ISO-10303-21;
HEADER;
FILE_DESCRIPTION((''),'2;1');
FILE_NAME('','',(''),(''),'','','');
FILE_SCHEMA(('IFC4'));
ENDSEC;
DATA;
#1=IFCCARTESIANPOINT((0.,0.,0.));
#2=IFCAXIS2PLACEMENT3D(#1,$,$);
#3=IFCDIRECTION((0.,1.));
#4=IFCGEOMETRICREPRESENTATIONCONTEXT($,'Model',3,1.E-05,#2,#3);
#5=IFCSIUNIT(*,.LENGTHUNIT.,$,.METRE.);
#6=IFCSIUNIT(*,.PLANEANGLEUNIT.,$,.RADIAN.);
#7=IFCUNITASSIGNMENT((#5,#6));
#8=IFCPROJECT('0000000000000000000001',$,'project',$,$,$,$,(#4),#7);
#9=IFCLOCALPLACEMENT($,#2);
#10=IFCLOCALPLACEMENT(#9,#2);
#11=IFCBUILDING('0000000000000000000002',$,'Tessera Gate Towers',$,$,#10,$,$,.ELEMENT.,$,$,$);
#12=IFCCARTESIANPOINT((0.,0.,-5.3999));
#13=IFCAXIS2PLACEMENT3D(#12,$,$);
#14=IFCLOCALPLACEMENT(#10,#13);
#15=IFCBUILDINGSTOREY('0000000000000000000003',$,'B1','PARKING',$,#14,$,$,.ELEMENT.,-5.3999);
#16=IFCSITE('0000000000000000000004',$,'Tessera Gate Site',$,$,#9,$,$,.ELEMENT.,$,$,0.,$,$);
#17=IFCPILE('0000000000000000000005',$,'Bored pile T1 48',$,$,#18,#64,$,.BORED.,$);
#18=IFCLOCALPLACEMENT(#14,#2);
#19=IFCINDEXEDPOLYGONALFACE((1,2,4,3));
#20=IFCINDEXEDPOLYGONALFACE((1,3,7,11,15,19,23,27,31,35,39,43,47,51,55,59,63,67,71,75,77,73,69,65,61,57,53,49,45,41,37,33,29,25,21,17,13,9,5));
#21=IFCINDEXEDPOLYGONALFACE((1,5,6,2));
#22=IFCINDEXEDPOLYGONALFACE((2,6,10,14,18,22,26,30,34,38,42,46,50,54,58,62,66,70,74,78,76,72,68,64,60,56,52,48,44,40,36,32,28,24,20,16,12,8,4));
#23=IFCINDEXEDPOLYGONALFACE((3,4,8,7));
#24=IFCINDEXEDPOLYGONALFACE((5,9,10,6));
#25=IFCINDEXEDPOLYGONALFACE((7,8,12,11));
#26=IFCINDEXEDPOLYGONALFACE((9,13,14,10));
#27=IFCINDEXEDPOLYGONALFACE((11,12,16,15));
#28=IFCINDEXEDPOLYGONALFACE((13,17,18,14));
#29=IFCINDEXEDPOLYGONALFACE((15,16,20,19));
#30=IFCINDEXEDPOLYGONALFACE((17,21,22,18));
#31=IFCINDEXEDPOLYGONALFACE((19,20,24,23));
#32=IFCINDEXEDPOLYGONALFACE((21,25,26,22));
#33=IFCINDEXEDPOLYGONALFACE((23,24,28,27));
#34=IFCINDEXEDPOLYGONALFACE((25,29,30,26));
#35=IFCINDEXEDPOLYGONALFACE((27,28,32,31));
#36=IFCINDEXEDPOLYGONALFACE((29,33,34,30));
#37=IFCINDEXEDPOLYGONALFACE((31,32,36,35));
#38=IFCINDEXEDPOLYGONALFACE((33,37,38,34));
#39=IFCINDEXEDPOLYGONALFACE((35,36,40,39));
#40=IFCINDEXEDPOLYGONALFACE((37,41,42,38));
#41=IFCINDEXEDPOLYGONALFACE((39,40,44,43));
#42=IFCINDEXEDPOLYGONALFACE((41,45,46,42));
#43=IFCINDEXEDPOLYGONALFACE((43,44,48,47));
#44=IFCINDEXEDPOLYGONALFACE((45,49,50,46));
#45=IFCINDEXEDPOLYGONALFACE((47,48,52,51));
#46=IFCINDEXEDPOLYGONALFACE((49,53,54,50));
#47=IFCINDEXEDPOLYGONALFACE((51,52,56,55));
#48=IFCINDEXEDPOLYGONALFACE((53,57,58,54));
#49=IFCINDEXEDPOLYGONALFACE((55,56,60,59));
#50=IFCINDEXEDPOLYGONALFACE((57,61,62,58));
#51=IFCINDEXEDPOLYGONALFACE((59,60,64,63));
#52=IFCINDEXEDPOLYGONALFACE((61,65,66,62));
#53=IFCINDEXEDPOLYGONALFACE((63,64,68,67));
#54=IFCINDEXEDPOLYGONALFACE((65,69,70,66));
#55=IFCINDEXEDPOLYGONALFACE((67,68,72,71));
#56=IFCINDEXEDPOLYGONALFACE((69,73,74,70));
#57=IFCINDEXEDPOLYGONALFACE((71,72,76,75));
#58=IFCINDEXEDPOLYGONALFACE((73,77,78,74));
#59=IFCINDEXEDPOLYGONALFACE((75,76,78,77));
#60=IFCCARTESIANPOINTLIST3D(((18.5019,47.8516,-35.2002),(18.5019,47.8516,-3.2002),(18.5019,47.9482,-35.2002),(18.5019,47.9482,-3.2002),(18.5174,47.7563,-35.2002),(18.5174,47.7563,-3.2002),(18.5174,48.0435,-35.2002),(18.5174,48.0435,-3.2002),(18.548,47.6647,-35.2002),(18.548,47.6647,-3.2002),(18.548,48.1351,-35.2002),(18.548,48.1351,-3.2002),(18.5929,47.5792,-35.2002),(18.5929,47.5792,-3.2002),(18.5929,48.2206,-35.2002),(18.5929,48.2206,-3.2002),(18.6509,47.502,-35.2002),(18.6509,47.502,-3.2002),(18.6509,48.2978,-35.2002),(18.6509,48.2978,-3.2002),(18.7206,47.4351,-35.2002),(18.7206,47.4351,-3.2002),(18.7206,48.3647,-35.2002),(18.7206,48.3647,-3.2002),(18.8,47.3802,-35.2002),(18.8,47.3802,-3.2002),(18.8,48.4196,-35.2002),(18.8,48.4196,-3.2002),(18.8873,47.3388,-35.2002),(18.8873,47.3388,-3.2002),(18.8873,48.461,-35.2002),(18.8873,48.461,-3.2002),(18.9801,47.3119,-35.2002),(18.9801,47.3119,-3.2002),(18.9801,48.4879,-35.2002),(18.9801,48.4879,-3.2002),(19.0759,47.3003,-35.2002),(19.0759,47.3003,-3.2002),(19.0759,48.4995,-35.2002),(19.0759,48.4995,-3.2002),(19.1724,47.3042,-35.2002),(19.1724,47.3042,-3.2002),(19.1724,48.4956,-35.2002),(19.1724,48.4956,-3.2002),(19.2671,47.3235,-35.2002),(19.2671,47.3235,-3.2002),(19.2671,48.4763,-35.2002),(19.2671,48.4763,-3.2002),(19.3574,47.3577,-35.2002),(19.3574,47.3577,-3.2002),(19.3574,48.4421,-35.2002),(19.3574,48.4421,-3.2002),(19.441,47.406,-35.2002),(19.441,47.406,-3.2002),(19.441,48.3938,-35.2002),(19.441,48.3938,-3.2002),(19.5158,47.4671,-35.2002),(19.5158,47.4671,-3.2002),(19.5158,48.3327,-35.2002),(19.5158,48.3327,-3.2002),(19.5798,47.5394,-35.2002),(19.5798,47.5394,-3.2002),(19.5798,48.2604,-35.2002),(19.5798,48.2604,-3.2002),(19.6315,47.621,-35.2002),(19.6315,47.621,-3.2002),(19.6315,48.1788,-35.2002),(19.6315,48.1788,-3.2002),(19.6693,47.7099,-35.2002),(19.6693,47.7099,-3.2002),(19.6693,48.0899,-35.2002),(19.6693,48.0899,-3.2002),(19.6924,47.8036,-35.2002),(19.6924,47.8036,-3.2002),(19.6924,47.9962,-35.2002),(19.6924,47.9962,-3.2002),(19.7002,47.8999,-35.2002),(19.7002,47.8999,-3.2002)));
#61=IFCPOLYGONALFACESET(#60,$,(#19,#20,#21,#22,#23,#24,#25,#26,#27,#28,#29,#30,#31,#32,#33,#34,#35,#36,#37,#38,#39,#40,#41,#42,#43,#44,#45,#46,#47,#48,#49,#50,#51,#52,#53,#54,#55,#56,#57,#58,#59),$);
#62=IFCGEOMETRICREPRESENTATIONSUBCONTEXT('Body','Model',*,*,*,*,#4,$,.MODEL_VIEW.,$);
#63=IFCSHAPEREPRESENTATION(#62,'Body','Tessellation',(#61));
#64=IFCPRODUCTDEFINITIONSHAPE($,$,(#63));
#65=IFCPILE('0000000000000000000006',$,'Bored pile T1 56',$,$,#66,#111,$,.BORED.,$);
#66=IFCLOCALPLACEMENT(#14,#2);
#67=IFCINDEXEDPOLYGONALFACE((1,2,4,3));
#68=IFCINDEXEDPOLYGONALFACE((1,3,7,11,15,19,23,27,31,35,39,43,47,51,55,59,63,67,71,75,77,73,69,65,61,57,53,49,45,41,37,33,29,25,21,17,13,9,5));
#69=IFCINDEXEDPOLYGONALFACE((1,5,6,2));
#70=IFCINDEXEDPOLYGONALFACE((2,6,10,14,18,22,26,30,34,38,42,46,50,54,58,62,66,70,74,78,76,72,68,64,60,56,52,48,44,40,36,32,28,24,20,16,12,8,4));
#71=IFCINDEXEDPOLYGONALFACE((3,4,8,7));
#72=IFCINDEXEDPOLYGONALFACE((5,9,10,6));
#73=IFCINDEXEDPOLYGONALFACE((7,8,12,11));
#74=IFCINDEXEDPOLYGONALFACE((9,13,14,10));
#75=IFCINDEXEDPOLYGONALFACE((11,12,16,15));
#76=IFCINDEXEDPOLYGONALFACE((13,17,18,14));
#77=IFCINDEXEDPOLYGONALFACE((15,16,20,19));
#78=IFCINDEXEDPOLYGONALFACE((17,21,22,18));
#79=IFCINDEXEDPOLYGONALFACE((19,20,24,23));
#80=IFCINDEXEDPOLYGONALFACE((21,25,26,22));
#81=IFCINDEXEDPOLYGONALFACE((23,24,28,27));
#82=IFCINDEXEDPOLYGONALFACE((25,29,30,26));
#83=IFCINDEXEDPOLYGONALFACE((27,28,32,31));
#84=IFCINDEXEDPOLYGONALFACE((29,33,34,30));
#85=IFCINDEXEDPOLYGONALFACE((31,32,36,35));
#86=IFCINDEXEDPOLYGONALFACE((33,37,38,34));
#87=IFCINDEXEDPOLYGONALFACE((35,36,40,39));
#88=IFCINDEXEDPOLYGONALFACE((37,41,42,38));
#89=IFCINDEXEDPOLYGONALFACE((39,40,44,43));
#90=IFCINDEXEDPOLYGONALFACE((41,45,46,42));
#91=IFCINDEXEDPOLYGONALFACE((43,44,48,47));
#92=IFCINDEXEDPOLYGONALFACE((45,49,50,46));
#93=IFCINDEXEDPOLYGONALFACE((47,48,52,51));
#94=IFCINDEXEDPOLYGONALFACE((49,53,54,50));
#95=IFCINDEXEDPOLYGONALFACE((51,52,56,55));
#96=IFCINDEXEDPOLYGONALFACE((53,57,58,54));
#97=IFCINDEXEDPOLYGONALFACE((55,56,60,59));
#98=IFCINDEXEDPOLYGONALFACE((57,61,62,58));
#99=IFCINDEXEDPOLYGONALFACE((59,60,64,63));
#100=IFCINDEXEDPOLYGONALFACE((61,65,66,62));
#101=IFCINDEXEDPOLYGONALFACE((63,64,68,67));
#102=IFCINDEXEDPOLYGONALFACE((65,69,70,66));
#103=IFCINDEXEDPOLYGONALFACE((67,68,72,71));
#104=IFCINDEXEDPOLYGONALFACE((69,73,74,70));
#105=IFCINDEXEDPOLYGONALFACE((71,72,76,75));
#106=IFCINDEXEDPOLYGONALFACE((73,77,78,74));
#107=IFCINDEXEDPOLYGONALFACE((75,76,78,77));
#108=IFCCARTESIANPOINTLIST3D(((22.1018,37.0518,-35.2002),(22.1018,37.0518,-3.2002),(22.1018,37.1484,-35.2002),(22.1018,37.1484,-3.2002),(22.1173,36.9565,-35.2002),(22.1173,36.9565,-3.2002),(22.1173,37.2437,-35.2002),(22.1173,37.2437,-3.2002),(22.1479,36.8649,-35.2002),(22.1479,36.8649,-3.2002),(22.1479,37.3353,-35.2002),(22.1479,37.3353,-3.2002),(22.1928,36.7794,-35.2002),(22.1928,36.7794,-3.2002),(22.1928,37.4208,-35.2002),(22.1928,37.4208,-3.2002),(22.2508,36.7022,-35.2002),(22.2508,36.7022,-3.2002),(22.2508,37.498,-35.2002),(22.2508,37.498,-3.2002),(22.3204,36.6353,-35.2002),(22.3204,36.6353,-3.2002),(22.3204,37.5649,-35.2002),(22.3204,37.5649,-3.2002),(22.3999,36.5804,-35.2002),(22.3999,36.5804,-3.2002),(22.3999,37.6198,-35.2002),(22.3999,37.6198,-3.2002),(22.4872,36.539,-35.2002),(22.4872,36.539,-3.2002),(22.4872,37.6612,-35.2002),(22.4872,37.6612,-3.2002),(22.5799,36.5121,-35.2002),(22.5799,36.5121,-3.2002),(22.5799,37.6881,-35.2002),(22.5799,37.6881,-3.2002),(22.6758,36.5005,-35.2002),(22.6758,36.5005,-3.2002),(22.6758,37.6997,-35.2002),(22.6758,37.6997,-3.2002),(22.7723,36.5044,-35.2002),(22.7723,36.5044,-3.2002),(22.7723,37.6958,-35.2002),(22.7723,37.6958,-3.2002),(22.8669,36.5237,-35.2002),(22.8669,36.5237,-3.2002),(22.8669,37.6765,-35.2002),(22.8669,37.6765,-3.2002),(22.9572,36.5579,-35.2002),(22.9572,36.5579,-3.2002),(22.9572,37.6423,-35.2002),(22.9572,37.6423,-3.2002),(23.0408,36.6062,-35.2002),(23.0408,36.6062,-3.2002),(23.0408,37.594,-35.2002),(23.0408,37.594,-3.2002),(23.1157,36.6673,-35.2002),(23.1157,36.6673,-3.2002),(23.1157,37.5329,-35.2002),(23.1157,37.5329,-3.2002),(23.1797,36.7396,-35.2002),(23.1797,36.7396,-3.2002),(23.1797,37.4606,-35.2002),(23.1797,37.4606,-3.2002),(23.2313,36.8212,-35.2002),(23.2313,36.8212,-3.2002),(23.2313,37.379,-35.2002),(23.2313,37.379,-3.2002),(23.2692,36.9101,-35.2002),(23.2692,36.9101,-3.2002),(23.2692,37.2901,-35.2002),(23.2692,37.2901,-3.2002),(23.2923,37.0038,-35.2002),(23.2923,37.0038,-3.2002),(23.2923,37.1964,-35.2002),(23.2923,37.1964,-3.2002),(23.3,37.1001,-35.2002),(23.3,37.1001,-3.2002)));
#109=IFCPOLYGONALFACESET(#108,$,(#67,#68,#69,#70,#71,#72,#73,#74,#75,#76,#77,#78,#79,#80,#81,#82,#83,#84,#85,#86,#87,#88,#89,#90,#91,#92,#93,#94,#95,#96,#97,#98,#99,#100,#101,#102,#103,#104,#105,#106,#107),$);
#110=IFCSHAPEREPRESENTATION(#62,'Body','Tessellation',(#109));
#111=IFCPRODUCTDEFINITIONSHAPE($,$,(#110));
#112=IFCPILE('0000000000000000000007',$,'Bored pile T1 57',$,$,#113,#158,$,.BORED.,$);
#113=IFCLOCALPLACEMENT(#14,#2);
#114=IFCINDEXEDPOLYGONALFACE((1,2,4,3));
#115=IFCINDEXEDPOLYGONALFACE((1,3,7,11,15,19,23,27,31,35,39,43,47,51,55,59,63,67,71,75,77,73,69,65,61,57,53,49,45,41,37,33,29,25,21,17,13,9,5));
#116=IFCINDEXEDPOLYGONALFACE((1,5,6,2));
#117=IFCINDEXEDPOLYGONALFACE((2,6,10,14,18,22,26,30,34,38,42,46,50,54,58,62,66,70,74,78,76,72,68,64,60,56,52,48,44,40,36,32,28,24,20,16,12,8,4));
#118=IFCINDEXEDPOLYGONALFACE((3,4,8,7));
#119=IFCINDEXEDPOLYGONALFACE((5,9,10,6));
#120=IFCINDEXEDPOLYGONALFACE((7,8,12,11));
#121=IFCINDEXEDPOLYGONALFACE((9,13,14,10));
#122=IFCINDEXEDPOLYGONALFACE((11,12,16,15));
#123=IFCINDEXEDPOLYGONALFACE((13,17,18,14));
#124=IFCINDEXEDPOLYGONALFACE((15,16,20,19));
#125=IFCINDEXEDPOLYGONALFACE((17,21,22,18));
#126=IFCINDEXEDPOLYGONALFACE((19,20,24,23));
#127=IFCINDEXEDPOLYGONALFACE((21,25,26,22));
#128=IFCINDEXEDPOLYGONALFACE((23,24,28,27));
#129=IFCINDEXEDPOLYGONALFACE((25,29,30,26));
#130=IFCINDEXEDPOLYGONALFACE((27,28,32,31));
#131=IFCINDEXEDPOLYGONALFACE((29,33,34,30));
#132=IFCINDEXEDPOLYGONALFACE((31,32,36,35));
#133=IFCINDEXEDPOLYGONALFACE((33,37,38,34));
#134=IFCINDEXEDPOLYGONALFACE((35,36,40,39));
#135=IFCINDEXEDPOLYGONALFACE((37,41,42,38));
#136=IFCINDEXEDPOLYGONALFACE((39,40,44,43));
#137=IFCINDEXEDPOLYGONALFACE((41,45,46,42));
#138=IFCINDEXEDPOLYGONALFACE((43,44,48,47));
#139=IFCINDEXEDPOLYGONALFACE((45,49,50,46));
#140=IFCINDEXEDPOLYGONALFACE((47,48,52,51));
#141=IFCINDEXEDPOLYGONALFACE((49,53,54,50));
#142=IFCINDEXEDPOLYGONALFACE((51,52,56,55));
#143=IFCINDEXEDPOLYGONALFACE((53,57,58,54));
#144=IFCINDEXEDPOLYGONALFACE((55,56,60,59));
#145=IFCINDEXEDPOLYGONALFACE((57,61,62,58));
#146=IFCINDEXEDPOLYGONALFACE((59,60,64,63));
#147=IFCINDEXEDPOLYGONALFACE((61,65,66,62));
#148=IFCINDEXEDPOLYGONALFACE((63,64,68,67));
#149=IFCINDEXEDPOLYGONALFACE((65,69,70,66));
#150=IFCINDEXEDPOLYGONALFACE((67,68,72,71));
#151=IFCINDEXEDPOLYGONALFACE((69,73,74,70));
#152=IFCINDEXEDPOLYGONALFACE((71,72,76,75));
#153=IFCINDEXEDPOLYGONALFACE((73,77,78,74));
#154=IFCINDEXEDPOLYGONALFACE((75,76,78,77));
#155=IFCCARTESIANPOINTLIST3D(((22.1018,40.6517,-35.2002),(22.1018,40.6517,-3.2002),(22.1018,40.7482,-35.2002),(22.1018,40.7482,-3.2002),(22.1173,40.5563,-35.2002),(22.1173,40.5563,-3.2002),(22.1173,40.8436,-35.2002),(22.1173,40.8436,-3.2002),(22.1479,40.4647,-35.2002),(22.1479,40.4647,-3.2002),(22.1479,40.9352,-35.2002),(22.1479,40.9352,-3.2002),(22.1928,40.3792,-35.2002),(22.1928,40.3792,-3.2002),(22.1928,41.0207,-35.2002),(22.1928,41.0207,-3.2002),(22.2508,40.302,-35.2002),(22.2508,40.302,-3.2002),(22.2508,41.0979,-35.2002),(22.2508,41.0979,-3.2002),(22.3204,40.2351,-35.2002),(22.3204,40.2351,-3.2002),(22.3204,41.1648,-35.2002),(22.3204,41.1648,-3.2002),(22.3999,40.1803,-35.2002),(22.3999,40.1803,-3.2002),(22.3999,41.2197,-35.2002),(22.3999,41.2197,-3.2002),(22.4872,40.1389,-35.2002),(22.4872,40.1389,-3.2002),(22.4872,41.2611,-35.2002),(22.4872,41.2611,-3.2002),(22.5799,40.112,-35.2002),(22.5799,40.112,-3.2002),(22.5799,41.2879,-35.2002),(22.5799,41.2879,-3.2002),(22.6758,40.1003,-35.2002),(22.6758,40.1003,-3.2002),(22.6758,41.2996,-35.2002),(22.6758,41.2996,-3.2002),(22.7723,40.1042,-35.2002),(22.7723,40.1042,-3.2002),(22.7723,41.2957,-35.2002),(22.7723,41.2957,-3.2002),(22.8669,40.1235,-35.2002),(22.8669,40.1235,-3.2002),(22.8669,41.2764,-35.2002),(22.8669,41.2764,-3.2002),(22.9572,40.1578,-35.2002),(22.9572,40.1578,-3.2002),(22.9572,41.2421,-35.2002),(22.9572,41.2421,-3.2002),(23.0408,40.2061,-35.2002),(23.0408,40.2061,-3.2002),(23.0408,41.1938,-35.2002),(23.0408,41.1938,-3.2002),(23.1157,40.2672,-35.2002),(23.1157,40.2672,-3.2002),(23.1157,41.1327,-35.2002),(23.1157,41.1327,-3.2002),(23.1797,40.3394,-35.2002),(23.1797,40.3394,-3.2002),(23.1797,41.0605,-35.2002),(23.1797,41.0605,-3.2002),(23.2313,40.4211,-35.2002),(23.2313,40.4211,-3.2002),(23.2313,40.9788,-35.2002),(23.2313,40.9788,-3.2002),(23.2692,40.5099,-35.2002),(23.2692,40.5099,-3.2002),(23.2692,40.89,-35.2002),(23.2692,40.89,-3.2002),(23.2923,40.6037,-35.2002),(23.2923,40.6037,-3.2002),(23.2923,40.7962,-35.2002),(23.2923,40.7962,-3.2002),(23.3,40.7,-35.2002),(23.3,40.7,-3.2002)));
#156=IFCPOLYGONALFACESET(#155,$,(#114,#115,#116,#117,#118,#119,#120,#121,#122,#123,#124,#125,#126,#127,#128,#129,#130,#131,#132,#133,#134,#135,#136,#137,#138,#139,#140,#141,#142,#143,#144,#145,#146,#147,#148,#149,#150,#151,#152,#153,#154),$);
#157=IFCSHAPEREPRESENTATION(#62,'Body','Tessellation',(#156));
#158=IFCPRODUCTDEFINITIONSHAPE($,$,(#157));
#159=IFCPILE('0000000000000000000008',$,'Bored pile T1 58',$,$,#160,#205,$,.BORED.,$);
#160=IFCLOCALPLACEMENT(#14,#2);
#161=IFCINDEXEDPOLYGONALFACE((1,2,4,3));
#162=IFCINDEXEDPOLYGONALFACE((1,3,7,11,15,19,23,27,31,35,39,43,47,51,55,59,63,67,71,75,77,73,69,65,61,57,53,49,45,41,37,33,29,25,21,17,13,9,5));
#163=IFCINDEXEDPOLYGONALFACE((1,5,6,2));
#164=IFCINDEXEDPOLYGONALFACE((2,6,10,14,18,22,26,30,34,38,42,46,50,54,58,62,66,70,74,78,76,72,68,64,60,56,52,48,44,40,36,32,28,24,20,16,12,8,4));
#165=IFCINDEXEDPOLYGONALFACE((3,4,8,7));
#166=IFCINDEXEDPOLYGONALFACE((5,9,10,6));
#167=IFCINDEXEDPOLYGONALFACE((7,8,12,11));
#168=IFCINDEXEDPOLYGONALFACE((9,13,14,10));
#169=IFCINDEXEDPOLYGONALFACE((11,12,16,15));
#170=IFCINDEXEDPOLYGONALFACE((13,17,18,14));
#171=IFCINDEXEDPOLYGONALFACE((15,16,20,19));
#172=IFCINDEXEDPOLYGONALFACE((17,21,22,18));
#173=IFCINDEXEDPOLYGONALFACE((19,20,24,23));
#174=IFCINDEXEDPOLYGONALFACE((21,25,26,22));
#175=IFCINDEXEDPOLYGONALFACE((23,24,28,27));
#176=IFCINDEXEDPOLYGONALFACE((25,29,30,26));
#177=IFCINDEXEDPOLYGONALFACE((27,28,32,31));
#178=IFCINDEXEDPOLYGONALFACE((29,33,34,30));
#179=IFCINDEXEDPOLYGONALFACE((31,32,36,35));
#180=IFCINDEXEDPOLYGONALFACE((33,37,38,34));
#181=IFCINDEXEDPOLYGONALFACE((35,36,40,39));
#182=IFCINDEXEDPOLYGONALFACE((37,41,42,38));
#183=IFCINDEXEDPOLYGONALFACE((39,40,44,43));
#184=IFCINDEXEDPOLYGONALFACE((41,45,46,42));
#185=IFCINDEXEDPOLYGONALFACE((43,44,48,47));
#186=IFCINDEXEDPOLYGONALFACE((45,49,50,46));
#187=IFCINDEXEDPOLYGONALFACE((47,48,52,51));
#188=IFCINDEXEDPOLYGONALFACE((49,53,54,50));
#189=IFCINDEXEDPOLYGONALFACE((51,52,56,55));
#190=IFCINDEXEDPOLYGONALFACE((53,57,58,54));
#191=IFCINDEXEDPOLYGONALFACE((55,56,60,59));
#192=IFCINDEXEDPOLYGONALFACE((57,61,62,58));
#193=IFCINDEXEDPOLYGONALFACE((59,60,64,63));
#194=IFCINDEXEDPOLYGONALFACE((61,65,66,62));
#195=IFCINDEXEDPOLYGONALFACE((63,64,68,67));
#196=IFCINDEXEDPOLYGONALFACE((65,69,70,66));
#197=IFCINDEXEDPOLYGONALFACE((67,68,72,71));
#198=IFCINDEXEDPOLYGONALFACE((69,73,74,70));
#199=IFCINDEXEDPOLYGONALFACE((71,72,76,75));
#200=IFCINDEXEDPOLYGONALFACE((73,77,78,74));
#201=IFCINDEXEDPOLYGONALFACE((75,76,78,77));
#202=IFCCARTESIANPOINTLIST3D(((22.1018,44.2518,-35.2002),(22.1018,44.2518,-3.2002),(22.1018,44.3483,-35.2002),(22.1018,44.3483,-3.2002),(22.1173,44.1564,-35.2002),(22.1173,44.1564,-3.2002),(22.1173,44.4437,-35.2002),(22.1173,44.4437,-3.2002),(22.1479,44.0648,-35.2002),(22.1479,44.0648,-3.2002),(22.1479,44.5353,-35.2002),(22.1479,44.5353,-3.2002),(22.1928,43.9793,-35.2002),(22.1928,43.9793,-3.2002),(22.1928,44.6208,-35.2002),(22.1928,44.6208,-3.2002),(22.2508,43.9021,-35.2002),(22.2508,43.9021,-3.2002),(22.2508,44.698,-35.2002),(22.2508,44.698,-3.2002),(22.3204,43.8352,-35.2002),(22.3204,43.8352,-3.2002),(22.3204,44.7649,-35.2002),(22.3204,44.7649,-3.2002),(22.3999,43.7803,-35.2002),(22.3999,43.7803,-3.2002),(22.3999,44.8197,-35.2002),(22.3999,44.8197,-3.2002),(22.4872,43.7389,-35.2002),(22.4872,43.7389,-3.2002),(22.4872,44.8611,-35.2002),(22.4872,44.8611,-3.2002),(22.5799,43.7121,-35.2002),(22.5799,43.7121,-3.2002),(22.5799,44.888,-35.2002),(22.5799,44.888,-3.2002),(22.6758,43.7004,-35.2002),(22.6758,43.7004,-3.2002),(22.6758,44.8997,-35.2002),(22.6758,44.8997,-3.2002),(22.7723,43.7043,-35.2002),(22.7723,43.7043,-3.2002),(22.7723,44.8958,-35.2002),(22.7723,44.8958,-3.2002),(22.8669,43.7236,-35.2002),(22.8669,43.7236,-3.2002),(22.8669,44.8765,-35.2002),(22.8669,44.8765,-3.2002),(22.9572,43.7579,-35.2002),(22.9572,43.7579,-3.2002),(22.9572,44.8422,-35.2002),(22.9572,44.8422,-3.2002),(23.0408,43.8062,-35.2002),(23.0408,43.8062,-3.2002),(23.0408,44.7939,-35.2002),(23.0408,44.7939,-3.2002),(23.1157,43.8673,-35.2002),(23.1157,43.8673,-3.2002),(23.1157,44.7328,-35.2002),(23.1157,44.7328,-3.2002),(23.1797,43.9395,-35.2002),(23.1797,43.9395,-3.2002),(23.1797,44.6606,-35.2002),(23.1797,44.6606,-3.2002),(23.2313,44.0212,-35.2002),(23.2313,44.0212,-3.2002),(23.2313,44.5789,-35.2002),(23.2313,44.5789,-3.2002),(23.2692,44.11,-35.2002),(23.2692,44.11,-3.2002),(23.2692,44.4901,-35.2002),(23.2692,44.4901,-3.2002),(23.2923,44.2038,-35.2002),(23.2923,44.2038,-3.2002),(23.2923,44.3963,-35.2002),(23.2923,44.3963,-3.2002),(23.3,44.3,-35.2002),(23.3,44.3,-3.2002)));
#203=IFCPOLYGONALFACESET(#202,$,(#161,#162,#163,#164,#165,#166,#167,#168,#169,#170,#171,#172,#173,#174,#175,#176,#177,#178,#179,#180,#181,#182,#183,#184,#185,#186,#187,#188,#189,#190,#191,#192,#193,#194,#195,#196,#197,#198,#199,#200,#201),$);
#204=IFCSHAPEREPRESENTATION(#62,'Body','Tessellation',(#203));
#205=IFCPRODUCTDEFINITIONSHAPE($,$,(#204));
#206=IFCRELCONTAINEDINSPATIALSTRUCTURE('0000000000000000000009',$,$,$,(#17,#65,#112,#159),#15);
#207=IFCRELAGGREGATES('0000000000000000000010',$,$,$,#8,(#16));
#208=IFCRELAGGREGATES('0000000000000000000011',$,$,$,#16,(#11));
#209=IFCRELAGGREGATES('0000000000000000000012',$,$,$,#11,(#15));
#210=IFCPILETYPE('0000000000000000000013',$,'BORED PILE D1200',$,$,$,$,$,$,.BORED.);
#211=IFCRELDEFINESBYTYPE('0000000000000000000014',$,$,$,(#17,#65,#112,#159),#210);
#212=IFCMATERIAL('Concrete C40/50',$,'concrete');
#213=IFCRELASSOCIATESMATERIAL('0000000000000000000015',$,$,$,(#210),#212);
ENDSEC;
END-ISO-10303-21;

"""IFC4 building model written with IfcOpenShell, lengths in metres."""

from ifc_helpers import new_model, si_unit, direction, frame, origin, origin_2d, place, context, subcontext, project, spatial, circle, extrude, material, material_profile, profile_set, type_object, element, save


model = new_model("IFC4")

# Units and contexts
model_context = context("Model", 3, precision=1e-05, world=origin(), true_north=direction((0.0, 1.0)))
body_context = subcontext(model_context, "Body", "Model", "MODEL_VIEW")
ifc_project = project(units=[si_unit("LENGTHUNIT", "METRE"), si_unit("PLANEANGLEUNIT", "RADIAN")], contexts=[model_context])

# Site, building, storey
site_placement = place(None, origin())
site = spatial("IfcSite", under=ifc_project, at=site_placement, Name="Tessera Gate Site", CompositionType="ELEMENT", RefElevation=0.0)
building_placement = place(site_placement, origin())
building = spatial("IfcBuilding", under=site, at=building_placement, Name="Tessera Gate Towers", CompositionType="ELEMENT")
storey_placement = place(building_placement, frame((0.0, 0.0, -5.3999)))
storey = spatial("IfcBuildingStorey", under=building, at=storey_placement, Name="B1", Description="PARKING", CompositionType="ELEMENT", Elevation=-5.3999)

# Piles
ifc_material_1 = material(Name="Concrete C40/50", Category="concrete")
ifc_material_profile_1 = material_profile(ifc_material_1, circle(Radius=0.6001, at=origin_2d()), Name="BORED PILE D1200")
ifc_profile_set_1 = profile_set([ifc_material_profile_1], Name="Concrete C40/50")
pile_type = type_object("IfcPileType", Name="BORED PILE D1200", PredefinedType="BORED", material=ifc_profile_set_1)
for number, where, z_axis, x_axis, name in (
    (1, (19.1001, 47.8999, -3.2002), (0.0, 0.0, -1.0), (1.0, 0.0, 0.0), "Bored pile T1 48"),
    (2, (22.7, 37.1001, -3.2002), (0.0, 0.0, -1.0), (1.0, 0.0, 0.0), "Bored pile T1 56"),
    (3, (22.7, 40.7, -3.2002), (0.0, 0.0, -1.0), (1.0, 0.0, 0.0), "Bored pile T1 57"),
    (4, (22.7, 44.3, -3.2002), (0.0, 0.0, -1.0), (1.0, 0.0, 0.0), "Bored pile T1 58"),
):
    element("IfcPile", number, at=place(storey_placement, frame(where, z_axis=z_axis, x_axis=x_axis)), inside=storey, type_object=pile_type, Name=name, PredefinedType="BORED", context=body_context, shape_type="SweptSolid", body=[
        extrude(circle(Radius=0.6001, at=origin_2d()), origin(), (0.0, 0.0, 1.0), 32.0),
    ])

save(model, "model.ifc")
